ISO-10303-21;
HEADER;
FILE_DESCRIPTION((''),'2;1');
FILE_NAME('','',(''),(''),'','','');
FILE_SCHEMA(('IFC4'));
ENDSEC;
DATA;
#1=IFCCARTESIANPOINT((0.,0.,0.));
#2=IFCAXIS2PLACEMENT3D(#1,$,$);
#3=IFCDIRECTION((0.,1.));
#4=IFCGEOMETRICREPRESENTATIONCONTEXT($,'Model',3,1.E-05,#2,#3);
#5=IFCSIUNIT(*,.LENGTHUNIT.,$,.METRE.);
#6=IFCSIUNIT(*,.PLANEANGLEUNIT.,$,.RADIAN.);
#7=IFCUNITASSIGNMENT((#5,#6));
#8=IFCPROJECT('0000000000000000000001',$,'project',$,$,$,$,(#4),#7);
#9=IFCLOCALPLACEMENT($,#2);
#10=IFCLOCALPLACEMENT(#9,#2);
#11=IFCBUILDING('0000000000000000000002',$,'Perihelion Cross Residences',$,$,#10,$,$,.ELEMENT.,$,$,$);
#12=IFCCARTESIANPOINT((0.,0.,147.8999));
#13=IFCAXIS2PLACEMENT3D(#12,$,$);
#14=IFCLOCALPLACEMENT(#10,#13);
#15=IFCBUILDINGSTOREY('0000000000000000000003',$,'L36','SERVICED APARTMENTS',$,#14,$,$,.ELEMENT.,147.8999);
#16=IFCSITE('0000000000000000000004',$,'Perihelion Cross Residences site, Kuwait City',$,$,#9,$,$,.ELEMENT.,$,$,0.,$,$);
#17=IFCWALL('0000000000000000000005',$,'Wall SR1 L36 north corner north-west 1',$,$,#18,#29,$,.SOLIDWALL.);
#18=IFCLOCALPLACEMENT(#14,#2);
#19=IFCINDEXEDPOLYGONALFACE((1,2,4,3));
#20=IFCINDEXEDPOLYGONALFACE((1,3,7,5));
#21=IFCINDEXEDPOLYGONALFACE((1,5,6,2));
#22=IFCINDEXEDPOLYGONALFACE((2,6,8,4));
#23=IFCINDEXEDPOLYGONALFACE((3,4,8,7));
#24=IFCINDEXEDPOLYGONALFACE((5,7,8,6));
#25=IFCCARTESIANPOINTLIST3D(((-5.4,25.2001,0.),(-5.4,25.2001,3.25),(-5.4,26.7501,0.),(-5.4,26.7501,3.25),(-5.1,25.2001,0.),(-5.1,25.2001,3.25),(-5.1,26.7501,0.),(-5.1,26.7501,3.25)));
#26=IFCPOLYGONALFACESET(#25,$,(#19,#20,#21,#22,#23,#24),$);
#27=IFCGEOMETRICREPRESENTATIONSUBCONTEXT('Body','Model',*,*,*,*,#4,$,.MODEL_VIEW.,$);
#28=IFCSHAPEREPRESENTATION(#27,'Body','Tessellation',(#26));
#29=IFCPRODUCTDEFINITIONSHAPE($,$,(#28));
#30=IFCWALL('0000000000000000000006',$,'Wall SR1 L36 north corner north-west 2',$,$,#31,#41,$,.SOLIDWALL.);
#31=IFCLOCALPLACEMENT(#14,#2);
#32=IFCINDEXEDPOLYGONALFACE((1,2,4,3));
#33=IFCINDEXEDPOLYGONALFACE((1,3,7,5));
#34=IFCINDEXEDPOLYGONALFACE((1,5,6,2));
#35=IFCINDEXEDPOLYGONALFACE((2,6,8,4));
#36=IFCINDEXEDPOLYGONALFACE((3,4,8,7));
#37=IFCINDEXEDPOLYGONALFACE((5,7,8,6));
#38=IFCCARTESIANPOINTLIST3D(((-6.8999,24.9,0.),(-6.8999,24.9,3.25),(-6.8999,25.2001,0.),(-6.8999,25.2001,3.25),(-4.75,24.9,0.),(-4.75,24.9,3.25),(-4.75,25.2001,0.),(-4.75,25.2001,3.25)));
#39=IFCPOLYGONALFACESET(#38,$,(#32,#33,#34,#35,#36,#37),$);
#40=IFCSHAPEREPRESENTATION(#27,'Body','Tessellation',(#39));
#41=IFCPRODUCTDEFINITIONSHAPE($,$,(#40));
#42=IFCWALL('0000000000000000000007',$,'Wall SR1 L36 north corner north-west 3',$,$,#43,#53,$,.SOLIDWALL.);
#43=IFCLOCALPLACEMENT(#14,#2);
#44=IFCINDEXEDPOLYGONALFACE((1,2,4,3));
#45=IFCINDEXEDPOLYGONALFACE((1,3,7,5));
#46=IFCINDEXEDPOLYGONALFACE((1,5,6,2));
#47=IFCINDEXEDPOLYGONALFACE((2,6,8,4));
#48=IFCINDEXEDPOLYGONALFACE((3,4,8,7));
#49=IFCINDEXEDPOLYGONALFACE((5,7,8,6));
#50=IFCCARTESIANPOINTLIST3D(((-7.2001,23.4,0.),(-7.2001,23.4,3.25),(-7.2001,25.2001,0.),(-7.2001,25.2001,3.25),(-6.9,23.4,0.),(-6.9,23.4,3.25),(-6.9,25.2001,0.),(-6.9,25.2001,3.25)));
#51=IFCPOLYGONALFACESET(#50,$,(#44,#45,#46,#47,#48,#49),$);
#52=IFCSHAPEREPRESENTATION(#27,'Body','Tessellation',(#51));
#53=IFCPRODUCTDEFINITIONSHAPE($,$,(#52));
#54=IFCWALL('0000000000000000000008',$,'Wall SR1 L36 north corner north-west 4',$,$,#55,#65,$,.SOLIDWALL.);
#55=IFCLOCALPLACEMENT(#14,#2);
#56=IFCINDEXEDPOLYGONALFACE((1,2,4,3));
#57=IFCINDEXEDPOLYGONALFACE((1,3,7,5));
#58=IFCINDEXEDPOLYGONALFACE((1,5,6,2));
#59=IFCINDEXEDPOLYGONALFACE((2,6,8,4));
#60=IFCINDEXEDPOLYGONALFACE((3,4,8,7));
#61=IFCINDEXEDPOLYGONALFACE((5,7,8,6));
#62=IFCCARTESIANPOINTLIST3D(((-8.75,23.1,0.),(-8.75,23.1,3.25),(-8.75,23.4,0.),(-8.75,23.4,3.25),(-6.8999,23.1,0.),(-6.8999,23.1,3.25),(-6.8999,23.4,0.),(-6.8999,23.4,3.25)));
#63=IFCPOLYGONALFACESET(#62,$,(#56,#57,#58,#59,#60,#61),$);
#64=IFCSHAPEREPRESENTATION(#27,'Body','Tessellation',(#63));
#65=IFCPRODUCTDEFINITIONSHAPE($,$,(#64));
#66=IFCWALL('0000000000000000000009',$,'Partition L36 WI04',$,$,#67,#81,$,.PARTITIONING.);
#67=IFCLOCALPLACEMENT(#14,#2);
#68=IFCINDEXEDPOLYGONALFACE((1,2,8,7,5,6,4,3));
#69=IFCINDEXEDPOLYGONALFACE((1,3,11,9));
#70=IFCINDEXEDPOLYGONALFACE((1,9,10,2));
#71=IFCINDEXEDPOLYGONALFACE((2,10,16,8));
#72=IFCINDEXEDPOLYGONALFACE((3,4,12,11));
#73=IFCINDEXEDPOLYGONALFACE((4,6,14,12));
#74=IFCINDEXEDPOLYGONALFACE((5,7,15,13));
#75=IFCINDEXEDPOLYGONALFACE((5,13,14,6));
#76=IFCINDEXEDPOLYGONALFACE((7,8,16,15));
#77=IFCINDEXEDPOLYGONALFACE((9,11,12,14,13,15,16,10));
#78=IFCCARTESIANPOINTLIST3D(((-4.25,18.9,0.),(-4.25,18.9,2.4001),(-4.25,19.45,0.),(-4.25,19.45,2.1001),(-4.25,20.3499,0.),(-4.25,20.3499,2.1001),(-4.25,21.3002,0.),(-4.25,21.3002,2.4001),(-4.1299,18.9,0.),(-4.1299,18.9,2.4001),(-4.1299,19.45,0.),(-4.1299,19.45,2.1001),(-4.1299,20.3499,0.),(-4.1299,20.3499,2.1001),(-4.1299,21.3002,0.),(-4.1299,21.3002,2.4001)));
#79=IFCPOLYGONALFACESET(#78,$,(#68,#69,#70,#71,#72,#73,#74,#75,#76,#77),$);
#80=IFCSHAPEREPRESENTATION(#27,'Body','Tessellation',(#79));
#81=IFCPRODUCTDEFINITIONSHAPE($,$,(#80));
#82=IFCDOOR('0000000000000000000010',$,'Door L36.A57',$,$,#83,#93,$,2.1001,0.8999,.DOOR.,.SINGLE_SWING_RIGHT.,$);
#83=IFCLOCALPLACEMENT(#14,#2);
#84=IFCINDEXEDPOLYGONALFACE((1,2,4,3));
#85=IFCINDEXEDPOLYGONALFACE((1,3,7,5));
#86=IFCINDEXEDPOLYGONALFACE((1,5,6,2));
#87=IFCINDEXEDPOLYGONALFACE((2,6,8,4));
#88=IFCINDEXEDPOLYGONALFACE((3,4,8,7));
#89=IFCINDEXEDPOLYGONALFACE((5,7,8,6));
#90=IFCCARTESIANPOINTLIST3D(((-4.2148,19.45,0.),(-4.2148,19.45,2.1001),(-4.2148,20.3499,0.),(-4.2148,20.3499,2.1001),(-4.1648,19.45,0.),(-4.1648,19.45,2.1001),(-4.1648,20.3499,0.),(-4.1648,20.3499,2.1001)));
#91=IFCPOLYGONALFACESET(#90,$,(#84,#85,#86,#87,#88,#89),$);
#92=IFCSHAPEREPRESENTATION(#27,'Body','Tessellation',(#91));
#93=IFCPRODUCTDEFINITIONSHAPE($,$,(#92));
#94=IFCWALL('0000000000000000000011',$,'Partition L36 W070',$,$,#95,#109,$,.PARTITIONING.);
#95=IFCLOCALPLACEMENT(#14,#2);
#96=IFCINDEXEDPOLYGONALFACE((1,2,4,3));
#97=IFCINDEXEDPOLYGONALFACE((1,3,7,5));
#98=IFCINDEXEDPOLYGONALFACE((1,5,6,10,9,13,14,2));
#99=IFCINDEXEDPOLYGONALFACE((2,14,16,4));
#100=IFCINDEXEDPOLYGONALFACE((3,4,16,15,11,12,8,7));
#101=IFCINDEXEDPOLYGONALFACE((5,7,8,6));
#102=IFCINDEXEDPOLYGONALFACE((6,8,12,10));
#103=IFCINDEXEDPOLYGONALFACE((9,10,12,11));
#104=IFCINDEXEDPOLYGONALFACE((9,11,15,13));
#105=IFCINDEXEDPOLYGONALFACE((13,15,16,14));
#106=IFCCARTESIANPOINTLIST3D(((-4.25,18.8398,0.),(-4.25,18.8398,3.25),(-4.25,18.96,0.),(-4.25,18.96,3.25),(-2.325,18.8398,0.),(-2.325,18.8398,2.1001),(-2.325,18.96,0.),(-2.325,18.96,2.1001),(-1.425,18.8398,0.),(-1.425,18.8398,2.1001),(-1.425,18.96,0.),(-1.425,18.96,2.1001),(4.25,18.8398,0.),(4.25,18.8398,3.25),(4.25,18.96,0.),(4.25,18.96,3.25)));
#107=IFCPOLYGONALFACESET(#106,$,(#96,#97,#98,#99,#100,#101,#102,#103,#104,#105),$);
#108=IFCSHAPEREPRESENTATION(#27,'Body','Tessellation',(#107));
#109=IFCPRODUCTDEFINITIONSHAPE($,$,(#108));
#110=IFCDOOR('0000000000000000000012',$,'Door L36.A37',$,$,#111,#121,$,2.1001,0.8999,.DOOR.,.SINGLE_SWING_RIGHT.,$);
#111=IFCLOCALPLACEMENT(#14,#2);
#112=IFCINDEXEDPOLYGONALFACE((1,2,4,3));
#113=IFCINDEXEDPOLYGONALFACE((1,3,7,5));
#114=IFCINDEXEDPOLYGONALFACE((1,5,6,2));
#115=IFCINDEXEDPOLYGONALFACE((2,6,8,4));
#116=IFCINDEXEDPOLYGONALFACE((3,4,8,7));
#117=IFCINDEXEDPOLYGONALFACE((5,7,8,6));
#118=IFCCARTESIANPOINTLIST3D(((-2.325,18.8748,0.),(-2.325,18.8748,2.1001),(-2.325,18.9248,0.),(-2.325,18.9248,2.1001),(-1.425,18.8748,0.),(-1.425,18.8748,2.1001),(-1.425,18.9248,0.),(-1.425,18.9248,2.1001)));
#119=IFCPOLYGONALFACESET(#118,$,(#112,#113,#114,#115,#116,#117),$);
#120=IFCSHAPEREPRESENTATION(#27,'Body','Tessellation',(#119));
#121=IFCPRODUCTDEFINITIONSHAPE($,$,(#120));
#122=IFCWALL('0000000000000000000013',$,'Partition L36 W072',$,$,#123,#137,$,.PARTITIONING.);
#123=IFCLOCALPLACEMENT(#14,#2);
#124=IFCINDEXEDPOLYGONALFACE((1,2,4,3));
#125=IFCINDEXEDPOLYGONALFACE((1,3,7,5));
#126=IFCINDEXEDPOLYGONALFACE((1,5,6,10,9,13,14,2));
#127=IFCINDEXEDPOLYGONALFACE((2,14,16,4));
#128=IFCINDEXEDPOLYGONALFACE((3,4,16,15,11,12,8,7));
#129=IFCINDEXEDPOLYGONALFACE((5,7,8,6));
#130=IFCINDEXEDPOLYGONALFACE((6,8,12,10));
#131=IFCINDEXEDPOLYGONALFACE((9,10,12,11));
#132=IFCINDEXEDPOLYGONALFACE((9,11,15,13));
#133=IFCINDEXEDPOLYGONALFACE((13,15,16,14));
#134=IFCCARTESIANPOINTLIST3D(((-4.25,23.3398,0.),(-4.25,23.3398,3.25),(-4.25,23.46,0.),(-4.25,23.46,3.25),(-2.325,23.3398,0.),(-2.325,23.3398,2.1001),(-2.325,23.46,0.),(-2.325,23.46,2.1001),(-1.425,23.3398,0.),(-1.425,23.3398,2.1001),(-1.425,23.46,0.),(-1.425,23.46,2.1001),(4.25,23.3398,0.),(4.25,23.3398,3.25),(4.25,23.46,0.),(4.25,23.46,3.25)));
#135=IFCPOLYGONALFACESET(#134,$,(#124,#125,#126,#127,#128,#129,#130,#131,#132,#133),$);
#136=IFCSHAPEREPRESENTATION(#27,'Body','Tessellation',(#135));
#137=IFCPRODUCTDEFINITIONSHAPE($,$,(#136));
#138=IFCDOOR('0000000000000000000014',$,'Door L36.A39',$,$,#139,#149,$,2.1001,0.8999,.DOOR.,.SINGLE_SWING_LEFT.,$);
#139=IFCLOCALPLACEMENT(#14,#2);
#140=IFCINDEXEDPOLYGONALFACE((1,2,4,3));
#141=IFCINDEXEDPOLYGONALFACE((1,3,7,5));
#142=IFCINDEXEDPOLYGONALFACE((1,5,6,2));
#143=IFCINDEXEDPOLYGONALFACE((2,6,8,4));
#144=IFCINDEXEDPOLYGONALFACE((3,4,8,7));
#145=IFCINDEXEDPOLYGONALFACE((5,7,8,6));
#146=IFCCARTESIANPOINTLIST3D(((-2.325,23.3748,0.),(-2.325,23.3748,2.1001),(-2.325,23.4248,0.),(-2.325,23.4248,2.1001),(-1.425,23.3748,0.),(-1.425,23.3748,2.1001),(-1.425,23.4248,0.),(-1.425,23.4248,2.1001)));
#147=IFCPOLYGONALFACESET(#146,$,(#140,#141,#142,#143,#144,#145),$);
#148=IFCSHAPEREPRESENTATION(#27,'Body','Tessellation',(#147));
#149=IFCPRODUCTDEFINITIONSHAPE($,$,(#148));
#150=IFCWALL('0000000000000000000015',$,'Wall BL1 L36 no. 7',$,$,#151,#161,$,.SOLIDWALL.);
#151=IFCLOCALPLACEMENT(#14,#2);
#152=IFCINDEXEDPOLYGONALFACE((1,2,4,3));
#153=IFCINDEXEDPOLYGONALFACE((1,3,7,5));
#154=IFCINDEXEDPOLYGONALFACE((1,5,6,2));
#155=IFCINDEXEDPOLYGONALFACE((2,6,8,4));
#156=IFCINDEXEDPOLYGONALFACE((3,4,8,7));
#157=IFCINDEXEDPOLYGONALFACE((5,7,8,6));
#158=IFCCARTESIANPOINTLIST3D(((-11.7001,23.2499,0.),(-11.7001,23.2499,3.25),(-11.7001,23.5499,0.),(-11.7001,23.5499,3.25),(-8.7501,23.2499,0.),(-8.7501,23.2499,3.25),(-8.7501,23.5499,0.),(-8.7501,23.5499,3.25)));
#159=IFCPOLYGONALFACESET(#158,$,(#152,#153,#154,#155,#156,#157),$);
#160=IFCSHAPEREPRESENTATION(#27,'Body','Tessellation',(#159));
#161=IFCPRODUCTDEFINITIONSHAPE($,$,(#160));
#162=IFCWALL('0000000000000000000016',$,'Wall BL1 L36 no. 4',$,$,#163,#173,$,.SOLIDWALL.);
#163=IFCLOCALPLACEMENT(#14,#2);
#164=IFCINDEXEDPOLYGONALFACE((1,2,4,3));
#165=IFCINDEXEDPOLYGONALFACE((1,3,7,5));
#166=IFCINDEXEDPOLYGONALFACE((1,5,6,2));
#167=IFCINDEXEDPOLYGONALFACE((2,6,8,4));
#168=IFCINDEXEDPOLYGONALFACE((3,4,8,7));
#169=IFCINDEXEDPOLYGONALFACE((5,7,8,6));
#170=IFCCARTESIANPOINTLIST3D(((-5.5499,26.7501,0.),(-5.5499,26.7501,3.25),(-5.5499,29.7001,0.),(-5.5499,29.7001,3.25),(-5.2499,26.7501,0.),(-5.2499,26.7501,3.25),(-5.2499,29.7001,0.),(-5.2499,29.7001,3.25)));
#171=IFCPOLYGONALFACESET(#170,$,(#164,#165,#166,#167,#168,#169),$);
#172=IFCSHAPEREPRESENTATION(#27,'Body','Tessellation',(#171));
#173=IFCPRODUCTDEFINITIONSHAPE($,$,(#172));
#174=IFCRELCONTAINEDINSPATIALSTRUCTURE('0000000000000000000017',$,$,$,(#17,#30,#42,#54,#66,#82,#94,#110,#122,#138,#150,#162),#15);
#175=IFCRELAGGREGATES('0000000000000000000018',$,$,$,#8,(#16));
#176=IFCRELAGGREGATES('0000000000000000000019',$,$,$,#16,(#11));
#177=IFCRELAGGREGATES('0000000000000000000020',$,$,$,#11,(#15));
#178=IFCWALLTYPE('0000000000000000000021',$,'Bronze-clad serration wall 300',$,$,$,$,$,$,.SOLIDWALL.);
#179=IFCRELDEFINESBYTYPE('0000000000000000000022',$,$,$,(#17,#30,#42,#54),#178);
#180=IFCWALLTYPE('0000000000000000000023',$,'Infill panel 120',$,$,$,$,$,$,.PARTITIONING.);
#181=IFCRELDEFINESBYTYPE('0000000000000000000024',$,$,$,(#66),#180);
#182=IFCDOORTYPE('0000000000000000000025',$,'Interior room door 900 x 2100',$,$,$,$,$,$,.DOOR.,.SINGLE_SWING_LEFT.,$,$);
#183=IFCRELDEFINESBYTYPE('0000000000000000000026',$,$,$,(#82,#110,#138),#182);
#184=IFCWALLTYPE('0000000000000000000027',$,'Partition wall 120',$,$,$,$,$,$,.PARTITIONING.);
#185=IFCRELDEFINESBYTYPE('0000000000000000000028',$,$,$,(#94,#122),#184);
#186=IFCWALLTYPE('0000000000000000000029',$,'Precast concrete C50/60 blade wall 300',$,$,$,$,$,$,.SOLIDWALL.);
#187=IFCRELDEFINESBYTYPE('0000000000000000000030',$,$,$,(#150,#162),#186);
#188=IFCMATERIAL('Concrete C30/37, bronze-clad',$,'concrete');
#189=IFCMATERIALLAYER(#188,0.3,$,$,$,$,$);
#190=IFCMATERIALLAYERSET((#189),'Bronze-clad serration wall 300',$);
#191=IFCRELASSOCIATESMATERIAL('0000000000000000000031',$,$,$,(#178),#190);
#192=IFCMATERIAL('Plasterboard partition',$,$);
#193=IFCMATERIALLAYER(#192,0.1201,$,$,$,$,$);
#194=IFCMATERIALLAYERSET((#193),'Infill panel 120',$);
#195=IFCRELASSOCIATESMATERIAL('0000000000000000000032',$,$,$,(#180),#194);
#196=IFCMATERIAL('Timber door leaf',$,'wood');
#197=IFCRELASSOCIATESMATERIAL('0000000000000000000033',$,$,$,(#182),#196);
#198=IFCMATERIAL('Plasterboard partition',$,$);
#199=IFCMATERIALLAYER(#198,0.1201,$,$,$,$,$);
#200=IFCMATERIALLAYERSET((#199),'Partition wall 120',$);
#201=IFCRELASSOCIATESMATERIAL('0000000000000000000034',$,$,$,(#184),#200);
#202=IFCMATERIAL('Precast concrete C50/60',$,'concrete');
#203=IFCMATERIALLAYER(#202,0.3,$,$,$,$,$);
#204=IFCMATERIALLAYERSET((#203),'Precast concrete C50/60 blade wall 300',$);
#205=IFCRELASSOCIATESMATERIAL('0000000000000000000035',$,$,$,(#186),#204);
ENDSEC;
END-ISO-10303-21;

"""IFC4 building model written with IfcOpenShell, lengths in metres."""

from ifc_helpers import new_model, si_unit, direction, frame, frame_2d, origin, place, context, subcontext, project, spatial, rectangle, extrude, material, layer, layer_set, type_object, element, fill, save


model = new_model("IFC4")

# Units and contexts
model_context = context("Model", 3, precision=1e-05, world=origin(), true_north=direction((0.0, 1.0)))
body_context = subcontext(model_context, "Body", "Model", "MODEL_VIEW")
ifc_project = project(units=[si_unit("LENGTHUNIT", "METRE"), si_unit("PLANEANGLEUNIT", "RADIAN")], contexts=[model_context])

# Site, building, storey
site_placement = place(None, origin())
site = spatial("IfcSite", under=ifc_project, at=site_placement, Name="Perihelion Cross Residences site, Kuwait City", CompositionType="ELEMENT", RefElevation=0.0)
building_placement = place(site_placement, origin())
building = spatial("IfcBuilding", under=site, at=building_placement, Name="Perihelion Cross Residences", CompositionType="ELEMENT")
storey_placement = place(building_placement, frame((0.0, 0.0, 147.8999)))
storey = spatial("IfcBuildingStorey", under=building, at=storey_placement, Name="L36", Description="SERVICED APARTMENTS", CompositionType="ELEMENT", Elevation=147.8999)

# Walls
ifc_material_1 = material(Name="Concrete C30/37, bronze-clad", Category="concrete")
ifc_layer_1 = layer(ifc_material_1, 0.3)
ifc_layer_set_1 = layer_set([ifc_layer_1], Name="Bronze-clad serration wall 300")
wall_type_1 = type_object("IfcWallType", Name="Bronze-clad serration wall 300", PredefinedType="SOLIDWALL", material=ifc_layer_set_1)
wall_1_placement = place(storey_placement, frame((-5.25, 26.75, 0.0), z_axis=(0.0, 0.0, 1.0), x_axis=(0.0, -1.0, 0.0)))
element("IfcWall", 1, at=wall_1_placement, inside=storey, type_object=wall_type_1, Name="Wall SR1 L36 north corner north-west 1", PredefinedType="SOLIDWALL", context=body_context, shape_type="SweptSolid", body=[
    extrude(rectangle(XDim=1.55, YDim=0.3, at=frame_2d((0.7749, 0.0))), origin(), (0.0, 0.0, 1.0), 3.25),
])
wall_2_placement = place(storey_placement, frame((-4.75, 25.05, 0.0), z_axis=(0.0, 0.0, 1.0), x_axis=(-1.0, 0.0, 0.0)))
element("IfcWall", 2, at=wall_2_placement, inside=storey, type_object=wall_type_1, Name="Wall SR1 L36 north corner north-west 2", PredefinedType="SOLIDWALL", context=body_context, shape_type="SweptSolid", body=[
    extrude(rectangle(XDim=2.1499, YDim=0.3, at=frame_2d((1.075, 0.0))), origin(), (0.0, 0.0, 1.0), 3.25),
])
wall_3_placement = place(storey_placement, frame((-7.05, 25.2, 0.0), z_axis=(0.0, 0.0, 1.0), x_axis=(0.0, -1.0, 0.0)))
element("IfcWall", 3, at=wall_3_placement, inside=storey, type_object=wall_type_1, Name="Wall SR1 L36 north corner north-west 3", PredefinedType="SOLIDWALL", context=body_context, shape_type="SweptSolid", body=[
    extrude(rectangle(XDim=1.8, YDim=0.3, at=frame_2d((0.8999, 0.0))), origin(), (0.0, 0.0, 1.0), 3.25),
])
wall_4_placement = place(storey_placement, frame((-6.8999, 23.25, 0.0), z_axis=(0.0, 0.0, 1.0), x_axis=(-1.0, 0.0, 0.0)))
element("IfcWall", 4, at=wall_4_placement, inside=storey, type_object=wall_type_1, Name="Wall SR1 L36 north corner north-west 4", PredefinedType="SOLIDWALL", context=body_context, shape_type="SweptSolid", body=[
    extrude(rectangle(XDim=1.8501, YDim=0.3, at=frame_2d((0.925, 0.0))), origin(), (0.0, 0.0, 1.0), 3.25),
])

# Walls, openings, doors
ifc_material_2 = material(Name="Plasterboard partition")
ifc_layer_2 = layer(ifc_material_2, 0.1201)
ifc_layer_set_2 = layer_set([ifc_layer_2], Name="Infill panel 120")
wall_type_2 = type_object("IfcWallType", Name="Infill panel 120", PredefinedType="PARTITIONING", material=ifc_layer_set_2)
wall_5_placement = place(storey_placement, frame((-4.1899, 18.8999, 0.0), z_axis=(0.0, 0.0, 1.0), x_axis=(0.0, 1.0, 0.0)))
wall_5 = element("IfcWall", 5, at=wall_5_placement, inside=storey, type_object=wall_type_2, Name="Partition L36 WI04", PredefinedType="PARTITIONING", context=body_context, shape_type="SweptSolid", body=[
    extrude(rectangle(XDim=2.4001, YDim=0.1201, at=frame_2d((1.2002, 0.0))), origin(), (0.0, 0.0, 1.0), 2.4001),
])
opening_1_placement = place(wall_5_placement, frame((0.55, 0.0, 0.0)))
opening_1 = element("IfcOpeningElement", 6, at=opening_1_placement, cuts=wall_5, PredefinedType="OPENING", context=body_context, shape_type="SweptSolid", body=[
    extrude(rectangle(XDim=0.8999, YDim=2.1001, at=frame_2d((0.45, 1.05))), frame((0.0, 0.0701, 0.0), z_axis=(0.0, -1.0, 0.0), x_axis=(1.0, 0.0, 0.0)), (0.0, 0.0, 1.0), 0.1401),
])
ifc_material_3 = material(Name="Timber door leaf", Category="wood")
door_type_1 = type_object("IfcDoorType", Name="Interior room door 900 x 2100", OperationType="SINGLE_SWING_LEFT", PredefinedType="DOOR", material=ifc_material_3)
door_1_placement = place(opening_1_placement, origin())
door_1 = element("IfcDoor", 7, at=door_1_placement, inside=storey, type_object=door_type_1, Name="Door L36.A57", OperationType="SINGLE_SWING_RIGHT", OverallHeight=2.1001, OverallWidth=0.8999, PredefinedType="DOOR", context=body_context, shape_type="SweptSolid", body=[
    extrude(rectangle(XDim=0.8999, YDim=2.1001, at=frame_2d((0.45, 1.05))), frame((0.0, 0.0249, 0.0), z_axis=(0.0, -1.0, 0.0), x_axis=(1.0, 0.0, 0.0)), (0.0, 0.0, 1.0), 0.05),
])
fill(opening_1, door_1)
ifc_material_4 = material(Name="Plasterboard partition")
ifc_layer_3 = layer(ifc_material_4, 0.1201)
ifc_layer_set_3 = layer_set([ifc_layer_3], Name="Partition wall 120")
wall_type_3 = type_object("IfcWallType", Name="Partition wall 120", PredefinedType="PARTITIONING", material=ifc_layer_set_3)
wall_6_placement = place(storey_placement, frame((-4.25, 18.8999, 0.0), z_axis=(0.0, 0.0, 1.0), x_axis=(1.0, 0.0, 0.0)))
wall_6 = element("IfcWall", 8, at=wall_6_placement, inside=storey, type_object=wall_type_3, Name="Partition L36 W070", PredefinedType="PARTITIONING", context=body_context, shape_type="SweptSolid", body=[
    extrude(rectangle(XDim=8.5, YDim=0.1201, at=frame_2d((4.25, 0.0))), origin(), (0.0, 0.0, 1.0), 3.25),
])
opening_2_placement = place(wall_6_placement, frame((1.925, 0.0, 0.0)))
opening_2 = element("IfcOpeningElement", 9, at=opening_2_placement, cuts=wall_6, PredefinedType="OPENING", context=body_context, shape_type="SweptSolid", body=[
    extrude(rectangle(XDim=0.8999, YDim=2.1001, at=frame_2d((0.45, 1.05))), frame((0.0, 0.0701, 0.0), z_axis=(0.0, -1.0, 0.0), x_axis=(1.0, 0.0, 0.0)), (0.0, 0.0, 1.0), 0.1401),
])
door_2_placement = place(opening_2_placement, origin())
door_2 = element("IfcDoor", 10, at=door_2_placement, inside=storey, type_object=door_type_1, Name="Door L36.A37", OperationType="SINGLE_SWING_RIGHT", OverallHeight=2.1001, OverallWidth=0.8999, PredefinedType="DOOR", context=body_context, shape_type="SweptSolid", body=[
    extrude(rectangle(XDim=0.8999, YDim=2.1001, at=frame_2d((0.45, 1.05))), frame((0.0, 0.0249, 0.0), z_axis=(0.0, -1.0, 0.0), x_axis=(1.0, 0.0, 0.0)), (0.0, 0.0, 1.0), 0.05),
])
fill(opening_2, door_2)
wall_7_placement = place(storey_placement, frame((-4.25, 23.3999, 0.0), z_axis=(0.0, 0.0, 1.0), x_axis=(1.0, 0.0, 0.0)))
wall_7 = element("IfcWall", 11, at=wall_7_placement, inside=storey, type_object=wall_type_3, Name="Partition L36 W072", PredefinedType="PARTITIONING", context=body_context, shape_type="SweptSolid", body=[
    extrude(rectangle(XDim=8.5, YDim=0.1201, at=frame_2d((4.25, 0.0))), origin(), (0.0, 0.0, 1.0), 3.25),
])
opening_3_placement = place(wall_7_placement, frame((1.925, 0.0, 0.0)))
opening_3 = element("IfcOpeningElement", 12, at=opening_3_placement, cuts=wall_7, PredefinedType="OPENING", context=body_context, shape_type="SweptSolid", body=[
    extrude(rectangle(XDim=0.8999, YDim=2.1001, at=frame_2d((0.45, 1.05))), frame((0.0, 0.0701, 0.0), z_axis=(0.0, -1.0, 0.0), x_axis=(1.0, 0.0, 0.0)), (0.0, 0.0, 1.0), 0.1401),
])
door_3_placement = place(opening_3_placement, origin())
door_3 = element("IfcDoor", 13, at=door_3_placement, inside=storey, type_object=door_type_1, Name="Door L36.A39", OperationType="SINGLE_SWING_LEFT", OverallHeight=2.1001, OverallWidth=0.8999, PredefinedType="DOOR", context=body_context, shape_type="SweptSolid", body=[
    extrude(rectangle(XDim=0.8999, YDim=2.1001, at=frame_2d((0.45, 1.05))), frame((0.0, 0.0249, 0.0), z_axis=(0.0, -1.0, 0.0), x_axis=(1.0, 0.0, 0.0)), (0.0, 0.0, 1.0), 0.05),
])
fill(opening_3, door_3)

# Walls
ifc_material_5 = material(Name="Precast concrete C50/60", Category="concrete")
ifc_layer_4 = layer(ifc_material_5, 0.3)
ifc_layer_set_4 = layer_set([ifc_layer_4], Name="Precast concrete C50/60 blade wall 300")
wall_type_4 = type_object("IfcWallType", Name="Precast concrete C50/60 blade wall 300", PredefinedType="SOLIDWALL", material=ifc_layer_set_4)
for number, where, z_axis, x_axis, name in (
    (14, (-8.75, 23.3999, 0.0), (0.0, 0.0, 1.0), (-1.0, 0.0, 0.0), "Wall BL1 L36 no. 7"),
    (15, (-5.3999, 26.75, 0.0), (0.0, 0.0, 1.0), (0.0, 1.0, 0.0), "Wall BL1 L36 no. 4"),
):
    element("IfcWall", number, at=place(storey_placement, frame(where, z_axis=z_axis, x_axis=x_axis)), inside=storey, type_object=wall_type_4, Name=name, PredefinedType="SOLIDWALL", context=body_context, shape_type="SweptSolid", body=[
        extrude(rectangle(XDim=2.95, YDim=0.3, at=frame_2d((1.4751, 0.0))), origin(), (0.0, 0.0, 1.0), 3.25),
    ])

save(model, "model.ifc")
